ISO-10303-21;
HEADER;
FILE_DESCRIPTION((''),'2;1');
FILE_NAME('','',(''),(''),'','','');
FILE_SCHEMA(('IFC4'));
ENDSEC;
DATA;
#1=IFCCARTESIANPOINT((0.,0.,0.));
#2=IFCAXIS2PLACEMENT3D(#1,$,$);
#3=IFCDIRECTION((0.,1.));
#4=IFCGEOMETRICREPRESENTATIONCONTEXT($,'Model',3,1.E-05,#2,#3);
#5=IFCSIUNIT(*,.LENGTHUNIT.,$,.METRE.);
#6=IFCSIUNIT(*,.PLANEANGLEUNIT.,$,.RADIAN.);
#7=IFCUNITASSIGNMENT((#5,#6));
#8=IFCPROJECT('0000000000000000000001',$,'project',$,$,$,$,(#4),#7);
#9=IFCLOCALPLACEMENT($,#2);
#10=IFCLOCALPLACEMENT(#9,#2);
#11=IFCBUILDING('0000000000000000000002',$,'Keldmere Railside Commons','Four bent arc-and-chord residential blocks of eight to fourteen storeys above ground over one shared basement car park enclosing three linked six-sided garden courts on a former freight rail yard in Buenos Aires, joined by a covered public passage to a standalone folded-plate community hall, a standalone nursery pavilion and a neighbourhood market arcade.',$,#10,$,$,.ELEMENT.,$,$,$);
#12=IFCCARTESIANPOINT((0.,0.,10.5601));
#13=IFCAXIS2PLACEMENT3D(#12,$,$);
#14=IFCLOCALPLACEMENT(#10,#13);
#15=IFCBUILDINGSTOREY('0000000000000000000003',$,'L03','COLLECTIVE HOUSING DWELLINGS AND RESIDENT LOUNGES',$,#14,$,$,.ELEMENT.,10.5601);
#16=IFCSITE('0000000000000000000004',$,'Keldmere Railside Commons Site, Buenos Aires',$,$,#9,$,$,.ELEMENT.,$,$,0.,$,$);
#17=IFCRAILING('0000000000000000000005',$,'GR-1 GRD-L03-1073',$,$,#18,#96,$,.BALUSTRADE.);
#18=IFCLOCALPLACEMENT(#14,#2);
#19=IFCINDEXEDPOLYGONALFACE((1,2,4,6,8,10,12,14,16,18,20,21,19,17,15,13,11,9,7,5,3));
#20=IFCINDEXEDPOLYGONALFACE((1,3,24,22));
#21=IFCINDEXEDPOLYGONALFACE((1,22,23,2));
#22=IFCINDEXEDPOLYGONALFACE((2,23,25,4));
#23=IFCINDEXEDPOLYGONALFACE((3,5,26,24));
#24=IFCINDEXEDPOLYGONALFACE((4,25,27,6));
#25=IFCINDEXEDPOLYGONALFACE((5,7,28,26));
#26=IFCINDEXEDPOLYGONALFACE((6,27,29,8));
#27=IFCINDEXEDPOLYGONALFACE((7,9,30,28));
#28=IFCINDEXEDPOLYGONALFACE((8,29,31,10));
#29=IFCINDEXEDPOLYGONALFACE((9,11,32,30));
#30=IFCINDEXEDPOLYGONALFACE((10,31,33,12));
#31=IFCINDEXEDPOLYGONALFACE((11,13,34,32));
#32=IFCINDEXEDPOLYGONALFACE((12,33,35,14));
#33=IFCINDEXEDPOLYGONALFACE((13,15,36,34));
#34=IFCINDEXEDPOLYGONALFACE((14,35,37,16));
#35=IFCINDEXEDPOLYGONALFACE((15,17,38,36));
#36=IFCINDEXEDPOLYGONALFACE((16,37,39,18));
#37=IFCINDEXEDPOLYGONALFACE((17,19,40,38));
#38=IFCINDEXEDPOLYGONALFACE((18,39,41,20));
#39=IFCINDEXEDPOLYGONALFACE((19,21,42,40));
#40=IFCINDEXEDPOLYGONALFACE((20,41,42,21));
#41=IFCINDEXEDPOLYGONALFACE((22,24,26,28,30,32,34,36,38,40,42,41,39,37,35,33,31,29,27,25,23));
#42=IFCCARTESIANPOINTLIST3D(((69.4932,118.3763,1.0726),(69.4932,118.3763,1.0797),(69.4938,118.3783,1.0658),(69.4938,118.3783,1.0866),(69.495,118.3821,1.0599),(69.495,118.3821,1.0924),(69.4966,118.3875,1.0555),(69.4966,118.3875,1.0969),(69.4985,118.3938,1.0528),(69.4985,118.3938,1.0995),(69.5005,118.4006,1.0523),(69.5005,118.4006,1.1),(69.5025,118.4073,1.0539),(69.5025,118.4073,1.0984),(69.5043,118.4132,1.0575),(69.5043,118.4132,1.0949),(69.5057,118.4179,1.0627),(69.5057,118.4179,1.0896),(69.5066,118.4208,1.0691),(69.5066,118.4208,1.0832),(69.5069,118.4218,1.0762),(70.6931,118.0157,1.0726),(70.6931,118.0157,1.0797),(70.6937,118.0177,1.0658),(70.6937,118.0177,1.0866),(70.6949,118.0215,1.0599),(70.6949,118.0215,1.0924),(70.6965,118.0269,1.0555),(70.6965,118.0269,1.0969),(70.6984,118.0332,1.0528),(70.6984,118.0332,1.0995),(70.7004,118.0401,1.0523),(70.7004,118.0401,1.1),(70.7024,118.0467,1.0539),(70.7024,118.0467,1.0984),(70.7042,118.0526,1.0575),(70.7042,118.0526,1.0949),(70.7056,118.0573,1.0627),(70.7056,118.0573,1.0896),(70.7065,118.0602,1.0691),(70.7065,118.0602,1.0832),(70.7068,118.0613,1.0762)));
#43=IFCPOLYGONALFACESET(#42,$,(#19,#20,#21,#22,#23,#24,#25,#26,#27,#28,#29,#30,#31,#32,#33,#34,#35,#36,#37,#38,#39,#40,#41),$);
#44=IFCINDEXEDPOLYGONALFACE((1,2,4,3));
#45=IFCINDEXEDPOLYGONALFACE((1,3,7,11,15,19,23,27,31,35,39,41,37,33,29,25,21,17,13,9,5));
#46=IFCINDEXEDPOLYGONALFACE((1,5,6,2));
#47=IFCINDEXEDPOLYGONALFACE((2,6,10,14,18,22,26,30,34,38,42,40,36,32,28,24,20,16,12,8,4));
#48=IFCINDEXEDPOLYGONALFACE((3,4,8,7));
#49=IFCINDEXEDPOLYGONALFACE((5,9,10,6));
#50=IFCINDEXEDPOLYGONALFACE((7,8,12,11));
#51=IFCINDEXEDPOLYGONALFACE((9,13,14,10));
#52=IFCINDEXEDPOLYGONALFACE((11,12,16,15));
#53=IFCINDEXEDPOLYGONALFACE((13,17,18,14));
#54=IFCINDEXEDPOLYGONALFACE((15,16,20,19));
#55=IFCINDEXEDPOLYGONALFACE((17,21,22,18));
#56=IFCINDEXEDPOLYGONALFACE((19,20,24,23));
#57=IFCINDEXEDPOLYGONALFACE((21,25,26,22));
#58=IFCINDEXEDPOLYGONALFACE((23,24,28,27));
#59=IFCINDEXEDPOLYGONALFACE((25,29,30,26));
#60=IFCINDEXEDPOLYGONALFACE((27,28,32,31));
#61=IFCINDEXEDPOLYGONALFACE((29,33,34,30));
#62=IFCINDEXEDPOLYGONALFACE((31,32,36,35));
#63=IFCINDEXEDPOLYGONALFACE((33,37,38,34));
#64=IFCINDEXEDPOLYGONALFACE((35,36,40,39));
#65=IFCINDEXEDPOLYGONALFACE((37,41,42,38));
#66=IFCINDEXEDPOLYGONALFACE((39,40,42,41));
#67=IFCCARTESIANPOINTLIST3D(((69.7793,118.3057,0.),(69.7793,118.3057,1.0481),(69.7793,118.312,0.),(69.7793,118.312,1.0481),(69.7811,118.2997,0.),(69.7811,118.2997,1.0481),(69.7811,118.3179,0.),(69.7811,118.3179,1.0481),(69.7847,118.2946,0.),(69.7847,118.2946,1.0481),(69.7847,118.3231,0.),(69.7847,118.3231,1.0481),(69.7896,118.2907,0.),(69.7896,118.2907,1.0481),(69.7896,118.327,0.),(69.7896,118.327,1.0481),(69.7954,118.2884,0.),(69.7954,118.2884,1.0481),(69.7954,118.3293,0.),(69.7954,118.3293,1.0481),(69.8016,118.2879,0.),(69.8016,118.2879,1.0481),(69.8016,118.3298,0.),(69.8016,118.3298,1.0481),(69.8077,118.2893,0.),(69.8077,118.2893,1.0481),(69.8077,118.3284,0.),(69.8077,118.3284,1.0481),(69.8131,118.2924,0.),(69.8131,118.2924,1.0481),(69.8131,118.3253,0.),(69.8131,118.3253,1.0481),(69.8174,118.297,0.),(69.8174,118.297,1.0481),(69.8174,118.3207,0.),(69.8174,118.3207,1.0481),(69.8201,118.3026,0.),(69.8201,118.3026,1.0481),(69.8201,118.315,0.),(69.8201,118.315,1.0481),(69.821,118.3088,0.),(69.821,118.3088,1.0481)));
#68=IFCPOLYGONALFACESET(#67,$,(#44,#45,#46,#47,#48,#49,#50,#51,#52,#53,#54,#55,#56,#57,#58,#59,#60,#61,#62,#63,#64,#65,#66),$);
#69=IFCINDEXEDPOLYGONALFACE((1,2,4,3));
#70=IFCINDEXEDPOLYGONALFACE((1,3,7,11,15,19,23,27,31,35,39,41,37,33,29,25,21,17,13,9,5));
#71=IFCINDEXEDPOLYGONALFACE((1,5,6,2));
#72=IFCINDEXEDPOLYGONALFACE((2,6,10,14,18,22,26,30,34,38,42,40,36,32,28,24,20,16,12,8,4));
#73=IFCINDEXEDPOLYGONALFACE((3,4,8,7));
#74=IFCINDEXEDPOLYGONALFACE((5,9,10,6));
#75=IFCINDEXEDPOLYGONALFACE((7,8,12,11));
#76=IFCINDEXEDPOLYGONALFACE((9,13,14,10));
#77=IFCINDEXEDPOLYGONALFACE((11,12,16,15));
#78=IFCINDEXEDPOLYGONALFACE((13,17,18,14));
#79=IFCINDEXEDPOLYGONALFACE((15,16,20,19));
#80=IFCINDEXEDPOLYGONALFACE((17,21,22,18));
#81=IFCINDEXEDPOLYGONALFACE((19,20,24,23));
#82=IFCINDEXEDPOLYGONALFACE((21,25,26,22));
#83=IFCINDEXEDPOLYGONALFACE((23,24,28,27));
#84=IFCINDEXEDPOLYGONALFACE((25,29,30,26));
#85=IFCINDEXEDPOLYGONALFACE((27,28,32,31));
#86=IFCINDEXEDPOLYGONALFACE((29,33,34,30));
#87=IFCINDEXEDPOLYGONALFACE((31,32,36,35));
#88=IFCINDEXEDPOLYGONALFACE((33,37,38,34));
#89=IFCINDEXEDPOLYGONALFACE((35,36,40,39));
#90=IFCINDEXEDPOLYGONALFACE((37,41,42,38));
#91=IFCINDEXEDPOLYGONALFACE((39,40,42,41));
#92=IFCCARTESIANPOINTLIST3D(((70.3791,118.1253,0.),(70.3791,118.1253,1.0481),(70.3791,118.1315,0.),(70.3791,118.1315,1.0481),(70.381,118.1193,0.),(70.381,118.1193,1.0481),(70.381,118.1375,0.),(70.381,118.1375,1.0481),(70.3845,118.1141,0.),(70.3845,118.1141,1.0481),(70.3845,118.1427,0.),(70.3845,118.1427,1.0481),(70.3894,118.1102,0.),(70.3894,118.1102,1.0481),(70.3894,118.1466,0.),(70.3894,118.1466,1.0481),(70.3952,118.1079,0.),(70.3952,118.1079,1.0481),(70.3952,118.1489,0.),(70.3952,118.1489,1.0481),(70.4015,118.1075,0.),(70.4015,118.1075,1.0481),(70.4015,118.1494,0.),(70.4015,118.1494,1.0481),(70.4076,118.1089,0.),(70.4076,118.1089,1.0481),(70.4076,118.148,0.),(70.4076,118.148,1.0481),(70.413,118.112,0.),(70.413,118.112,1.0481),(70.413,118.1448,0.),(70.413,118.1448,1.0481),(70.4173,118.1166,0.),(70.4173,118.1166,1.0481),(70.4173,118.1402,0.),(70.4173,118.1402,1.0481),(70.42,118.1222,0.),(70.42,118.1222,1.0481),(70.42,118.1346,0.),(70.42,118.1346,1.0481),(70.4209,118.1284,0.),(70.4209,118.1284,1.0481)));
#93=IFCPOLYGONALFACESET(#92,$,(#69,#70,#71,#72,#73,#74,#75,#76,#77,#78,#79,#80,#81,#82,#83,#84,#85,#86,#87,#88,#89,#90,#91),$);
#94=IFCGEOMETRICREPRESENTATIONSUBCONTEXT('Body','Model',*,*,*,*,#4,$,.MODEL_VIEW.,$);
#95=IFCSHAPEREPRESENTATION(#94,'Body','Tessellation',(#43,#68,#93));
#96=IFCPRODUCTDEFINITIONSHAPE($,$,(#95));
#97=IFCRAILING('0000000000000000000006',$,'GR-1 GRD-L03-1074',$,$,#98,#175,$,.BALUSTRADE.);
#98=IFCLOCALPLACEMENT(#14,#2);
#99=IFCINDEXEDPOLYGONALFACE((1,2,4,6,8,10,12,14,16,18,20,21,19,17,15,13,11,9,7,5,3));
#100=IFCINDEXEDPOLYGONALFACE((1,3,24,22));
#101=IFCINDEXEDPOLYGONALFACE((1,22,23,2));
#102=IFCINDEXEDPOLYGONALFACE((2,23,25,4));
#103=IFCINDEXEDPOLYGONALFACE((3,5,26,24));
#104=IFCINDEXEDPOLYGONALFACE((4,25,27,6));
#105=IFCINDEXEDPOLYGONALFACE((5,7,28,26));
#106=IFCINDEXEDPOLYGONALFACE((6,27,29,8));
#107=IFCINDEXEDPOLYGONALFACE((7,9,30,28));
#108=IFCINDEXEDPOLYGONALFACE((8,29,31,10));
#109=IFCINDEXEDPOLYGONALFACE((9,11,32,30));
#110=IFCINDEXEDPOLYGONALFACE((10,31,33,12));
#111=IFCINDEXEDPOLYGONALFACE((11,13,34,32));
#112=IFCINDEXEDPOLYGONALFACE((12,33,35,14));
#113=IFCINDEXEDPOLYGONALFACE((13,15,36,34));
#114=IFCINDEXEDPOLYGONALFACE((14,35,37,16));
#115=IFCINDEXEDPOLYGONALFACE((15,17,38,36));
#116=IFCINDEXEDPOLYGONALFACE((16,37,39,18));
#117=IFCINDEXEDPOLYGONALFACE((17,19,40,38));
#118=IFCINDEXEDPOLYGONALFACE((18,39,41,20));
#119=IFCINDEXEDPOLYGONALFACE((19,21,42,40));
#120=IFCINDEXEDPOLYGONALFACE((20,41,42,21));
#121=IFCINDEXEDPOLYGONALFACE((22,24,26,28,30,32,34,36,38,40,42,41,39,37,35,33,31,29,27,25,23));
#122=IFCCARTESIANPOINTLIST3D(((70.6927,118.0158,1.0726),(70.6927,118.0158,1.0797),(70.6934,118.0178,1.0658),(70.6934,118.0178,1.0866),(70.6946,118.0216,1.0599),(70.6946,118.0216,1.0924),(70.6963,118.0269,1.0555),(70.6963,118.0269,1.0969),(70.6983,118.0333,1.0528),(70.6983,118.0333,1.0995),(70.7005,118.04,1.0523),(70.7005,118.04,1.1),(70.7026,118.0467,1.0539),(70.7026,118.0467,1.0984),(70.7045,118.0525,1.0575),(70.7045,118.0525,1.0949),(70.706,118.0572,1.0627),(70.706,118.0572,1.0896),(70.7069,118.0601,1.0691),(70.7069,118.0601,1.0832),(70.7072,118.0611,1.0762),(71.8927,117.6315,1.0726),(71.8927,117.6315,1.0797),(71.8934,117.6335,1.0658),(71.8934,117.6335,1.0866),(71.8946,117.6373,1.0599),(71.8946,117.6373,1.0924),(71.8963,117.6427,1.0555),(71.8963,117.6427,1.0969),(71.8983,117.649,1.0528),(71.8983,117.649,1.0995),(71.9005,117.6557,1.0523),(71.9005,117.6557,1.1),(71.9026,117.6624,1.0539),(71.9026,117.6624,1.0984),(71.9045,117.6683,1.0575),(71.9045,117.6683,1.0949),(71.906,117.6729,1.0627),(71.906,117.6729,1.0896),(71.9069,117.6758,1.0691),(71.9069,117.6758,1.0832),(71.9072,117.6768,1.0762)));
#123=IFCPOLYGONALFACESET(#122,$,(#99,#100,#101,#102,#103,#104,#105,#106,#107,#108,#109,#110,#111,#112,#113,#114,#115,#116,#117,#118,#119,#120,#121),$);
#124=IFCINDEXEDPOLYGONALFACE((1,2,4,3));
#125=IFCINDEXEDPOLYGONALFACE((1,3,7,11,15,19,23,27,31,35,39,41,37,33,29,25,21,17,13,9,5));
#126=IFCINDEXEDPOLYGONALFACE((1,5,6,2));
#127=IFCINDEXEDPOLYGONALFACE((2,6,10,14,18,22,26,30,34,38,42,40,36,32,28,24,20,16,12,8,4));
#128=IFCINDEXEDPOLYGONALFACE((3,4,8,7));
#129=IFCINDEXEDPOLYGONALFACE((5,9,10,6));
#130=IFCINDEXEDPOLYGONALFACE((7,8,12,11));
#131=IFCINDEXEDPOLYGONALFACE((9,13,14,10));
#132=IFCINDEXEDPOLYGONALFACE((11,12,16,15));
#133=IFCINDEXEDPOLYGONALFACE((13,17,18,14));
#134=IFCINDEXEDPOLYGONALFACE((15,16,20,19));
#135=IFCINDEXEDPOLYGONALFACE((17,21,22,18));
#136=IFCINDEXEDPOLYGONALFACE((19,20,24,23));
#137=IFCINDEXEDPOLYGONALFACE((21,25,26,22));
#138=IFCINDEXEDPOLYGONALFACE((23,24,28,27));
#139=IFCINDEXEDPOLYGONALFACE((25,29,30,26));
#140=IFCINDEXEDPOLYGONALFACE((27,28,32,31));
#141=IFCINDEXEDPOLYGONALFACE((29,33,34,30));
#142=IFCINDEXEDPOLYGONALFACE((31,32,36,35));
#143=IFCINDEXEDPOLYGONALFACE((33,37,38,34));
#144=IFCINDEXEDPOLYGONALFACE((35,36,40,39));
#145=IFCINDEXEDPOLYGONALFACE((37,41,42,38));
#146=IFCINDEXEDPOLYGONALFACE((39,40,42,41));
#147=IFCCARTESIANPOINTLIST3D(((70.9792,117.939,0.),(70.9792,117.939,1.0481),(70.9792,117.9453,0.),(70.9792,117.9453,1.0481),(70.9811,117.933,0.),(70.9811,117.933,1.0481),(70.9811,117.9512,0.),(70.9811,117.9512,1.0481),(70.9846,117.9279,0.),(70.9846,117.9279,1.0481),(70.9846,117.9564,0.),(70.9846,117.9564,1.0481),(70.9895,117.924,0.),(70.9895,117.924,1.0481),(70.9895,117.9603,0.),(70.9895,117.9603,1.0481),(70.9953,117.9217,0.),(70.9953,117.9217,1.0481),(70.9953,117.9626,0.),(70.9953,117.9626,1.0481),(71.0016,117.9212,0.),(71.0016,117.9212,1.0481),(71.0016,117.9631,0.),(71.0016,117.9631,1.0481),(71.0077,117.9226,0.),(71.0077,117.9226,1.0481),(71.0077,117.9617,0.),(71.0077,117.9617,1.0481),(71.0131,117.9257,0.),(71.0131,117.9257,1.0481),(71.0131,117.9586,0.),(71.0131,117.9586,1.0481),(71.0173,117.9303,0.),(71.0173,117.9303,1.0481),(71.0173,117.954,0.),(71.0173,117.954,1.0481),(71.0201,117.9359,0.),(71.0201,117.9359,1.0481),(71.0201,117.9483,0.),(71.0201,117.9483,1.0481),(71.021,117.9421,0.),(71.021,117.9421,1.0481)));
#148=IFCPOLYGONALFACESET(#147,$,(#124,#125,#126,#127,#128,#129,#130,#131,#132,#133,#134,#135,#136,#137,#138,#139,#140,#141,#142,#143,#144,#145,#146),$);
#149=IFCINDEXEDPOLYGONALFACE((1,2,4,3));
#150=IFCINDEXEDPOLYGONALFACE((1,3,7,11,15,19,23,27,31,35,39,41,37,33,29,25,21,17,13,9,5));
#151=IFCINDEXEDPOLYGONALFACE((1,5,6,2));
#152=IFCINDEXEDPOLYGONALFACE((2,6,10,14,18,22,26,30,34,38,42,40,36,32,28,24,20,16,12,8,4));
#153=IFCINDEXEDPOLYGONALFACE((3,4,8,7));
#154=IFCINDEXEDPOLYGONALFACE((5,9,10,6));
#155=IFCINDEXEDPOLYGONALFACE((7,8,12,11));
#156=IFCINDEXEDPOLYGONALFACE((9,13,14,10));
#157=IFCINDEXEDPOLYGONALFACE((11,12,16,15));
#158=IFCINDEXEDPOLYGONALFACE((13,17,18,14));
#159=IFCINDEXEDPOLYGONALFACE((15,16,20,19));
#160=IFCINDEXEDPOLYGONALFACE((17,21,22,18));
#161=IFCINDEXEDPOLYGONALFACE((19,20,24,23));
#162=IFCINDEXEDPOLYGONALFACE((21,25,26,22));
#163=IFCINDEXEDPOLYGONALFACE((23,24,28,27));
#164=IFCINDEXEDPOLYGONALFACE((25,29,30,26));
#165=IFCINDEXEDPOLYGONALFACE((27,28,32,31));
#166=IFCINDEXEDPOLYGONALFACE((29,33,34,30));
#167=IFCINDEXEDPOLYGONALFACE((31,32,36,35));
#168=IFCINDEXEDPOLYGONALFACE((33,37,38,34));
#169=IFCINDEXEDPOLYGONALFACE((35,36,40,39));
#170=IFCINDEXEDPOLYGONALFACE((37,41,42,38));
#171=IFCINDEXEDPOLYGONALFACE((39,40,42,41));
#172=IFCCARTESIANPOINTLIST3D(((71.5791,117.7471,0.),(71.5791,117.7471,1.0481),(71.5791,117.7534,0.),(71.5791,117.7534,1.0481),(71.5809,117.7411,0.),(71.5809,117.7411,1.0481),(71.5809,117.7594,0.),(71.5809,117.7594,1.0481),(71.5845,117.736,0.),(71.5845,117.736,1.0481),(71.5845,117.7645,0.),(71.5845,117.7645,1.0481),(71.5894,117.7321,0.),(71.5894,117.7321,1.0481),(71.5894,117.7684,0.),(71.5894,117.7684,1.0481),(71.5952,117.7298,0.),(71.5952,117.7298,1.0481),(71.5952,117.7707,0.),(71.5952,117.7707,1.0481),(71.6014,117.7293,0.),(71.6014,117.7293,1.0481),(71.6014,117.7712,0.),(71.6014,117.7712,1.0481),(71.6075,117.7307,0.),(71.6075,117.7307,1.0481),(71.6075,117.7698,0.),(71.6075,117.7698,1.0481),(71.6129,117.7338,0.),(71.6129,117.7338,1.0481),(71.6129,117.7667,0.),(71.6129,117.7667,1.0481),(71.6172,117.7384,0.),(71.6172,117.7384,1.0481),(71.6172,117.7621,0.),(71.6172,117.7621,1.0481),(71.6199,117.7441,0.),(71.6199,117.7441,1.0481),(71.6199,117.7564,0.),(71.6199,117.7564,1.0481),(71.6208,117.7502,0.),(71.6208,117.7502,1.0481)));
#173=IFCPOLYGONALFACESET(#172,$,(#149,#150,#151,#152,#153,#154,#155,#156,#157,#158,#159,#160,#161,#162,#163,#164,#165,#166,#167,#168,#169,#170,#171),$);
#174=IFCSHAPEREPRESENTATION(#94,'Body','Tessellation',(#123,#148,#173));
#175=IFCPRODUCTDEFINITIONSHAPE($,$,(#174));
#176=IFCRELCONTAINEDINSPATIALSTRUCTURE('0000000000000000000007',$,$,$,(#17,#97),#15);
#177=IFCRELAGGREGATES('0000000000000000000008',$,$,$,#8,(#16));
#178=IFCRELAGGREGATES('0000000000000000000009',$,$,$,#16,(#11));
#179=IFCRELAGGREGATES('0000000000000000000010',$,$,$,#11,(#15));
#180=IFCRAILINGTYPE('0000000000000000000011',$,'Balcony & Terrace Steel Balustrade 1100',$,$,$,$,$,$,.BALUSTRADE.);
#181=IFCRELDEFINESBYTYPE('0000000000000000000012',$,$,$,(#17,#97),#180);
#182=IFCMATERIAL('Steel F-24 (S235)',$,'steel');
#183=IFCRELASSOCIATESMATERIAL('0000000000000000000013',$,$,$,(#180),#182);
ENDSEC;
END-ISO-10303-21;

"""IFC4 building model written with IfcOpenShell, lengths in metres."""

from ifc_helpers import new_model, si_unit, direction, frame, origin, origin_2d, place, context, subcontext, project, spatial, circle, extrude, material, type_object, element, save


model = new_model("IFC4")

# Units and contexts
model_context = context("Model", 3, precision=1e-05, world=origin(), true_north=direction((0.0, 1.0)))
body_context = subcontext(model_context, "Body", "Model", "MODEL_VIEW")
ifc_project = project(units=[si_unit("LENGTHUNIT", "METRE"), si_unit("PLANEANGLEUNIT", "RADIAN")], contexts=[model_context])

# Site, building, storey
site_placement = place(None, origin())
site = spatial("IfcSite", under=ifc_project, at=site_placement, Name="Keldmere Railside Commons Site, Buenos Aires", CompositionType="ELEMENT", RefElevation=0.0)
building_placement = place(site_placement, origin())
building = spatial("IfcBuilding", under=site, at=building_placement, Name="Keldmere Railside Commons", Description="Four bent arc-and-chord residential blocks of eight to fourteen storeys above ground over one shared basement car park enclosing three linked six-sided garden courts on a former freight rail yard in Buenos Aires, joined by a covered public passage to a standalone folded-plate community hall, a standalone nursery pavilion and a neighbourhood market arcade.", CompositionType="ELEMENT")
storey_placement = place(building_placement, frame((0.0, 0.0, 10.5601)))
storey = spatial("IfcBuildingStorey", under=building, at=storey_placement, Name="L03", Description="COLLECTIVE HOUSING DWELLINGS AND RESIDENT LOUNGES", CompositionType="ELEMENT", Elevation=10.5601)

# Railings
ifc_material_1 = material(Name="Steel F-24 (S235)", Category="steel")
railing_type = type_object("IfcRailingType", Name="Balcony & Terrace Steel Balustrade 1100", PredefinedType="BALUSTRADE", material=ifc_material_1)
railing_1_placement = place(storey_placement, frame((69.5, 118.3989, 0.0)))
element("IfcRailing", 1, at=railing_1_placement, inside=storey, type_object=railing_type, Name="GR-1 GRD-L03-1073", PredefinedType="BALUSTRADE", context=body_context, shape_type="SweptSolid", body=[
    extrude(circle(Radius=0.0239, at=origin_2d()), frame((0.0, 0.0, 1.0762), z_axis=(0.957692, -0.287795, 0.0), x_axis=(0.287795, 0.957692, 0.0)), (0.0, 0.0, 1.0), 1.2529),
    extrude(circle(Radius=0.021, at=origin_2d()), frame((0.3, -0.0901, 0.0)), (0.0, 0.0, 1.0), 1.0481),
    extrude(circle(Radius=0.021, at=origin_2d()), frame((0.8999, -0.2705, 0.0)), (0.0, 0.0, 1.0), 1.0481),
])
railing_2_placement = place(storey_placement, frame((70.7, 118.0383, 0.0)))
element("IfcRailing", 2, at=railing_2_placement, inside=storey, type_object=railing_type, Name="GR-1 GRD-L03-1074", PredefinedType="BALUSTRADE", context=body_context, shape_type="SweptSolid", body=[
    extrude(circle(Radius=0.0239, at=origin_2d()), frame((0.0, 0.0, 1.0762), z_axis=(0.952357, -0.304987, 0.0), x_axis=(0.304987, 0.952357, 0.0)), (0.0, 0.0, 1.0), 1.26),
    extrude(circle(Radius=0.021, at=origin_2d()), frame((0.3, -0.0962, 0.0)), (0.0, 0.0, 1.0), 1.0481),
    extrude(circle(Radius=0.021, at=origin_2d()), frame((0.8999, -0.2881, 0.0)), (0.0, 0.0, 1.0), 1.0481),
])

save(model, "model.ifc")
